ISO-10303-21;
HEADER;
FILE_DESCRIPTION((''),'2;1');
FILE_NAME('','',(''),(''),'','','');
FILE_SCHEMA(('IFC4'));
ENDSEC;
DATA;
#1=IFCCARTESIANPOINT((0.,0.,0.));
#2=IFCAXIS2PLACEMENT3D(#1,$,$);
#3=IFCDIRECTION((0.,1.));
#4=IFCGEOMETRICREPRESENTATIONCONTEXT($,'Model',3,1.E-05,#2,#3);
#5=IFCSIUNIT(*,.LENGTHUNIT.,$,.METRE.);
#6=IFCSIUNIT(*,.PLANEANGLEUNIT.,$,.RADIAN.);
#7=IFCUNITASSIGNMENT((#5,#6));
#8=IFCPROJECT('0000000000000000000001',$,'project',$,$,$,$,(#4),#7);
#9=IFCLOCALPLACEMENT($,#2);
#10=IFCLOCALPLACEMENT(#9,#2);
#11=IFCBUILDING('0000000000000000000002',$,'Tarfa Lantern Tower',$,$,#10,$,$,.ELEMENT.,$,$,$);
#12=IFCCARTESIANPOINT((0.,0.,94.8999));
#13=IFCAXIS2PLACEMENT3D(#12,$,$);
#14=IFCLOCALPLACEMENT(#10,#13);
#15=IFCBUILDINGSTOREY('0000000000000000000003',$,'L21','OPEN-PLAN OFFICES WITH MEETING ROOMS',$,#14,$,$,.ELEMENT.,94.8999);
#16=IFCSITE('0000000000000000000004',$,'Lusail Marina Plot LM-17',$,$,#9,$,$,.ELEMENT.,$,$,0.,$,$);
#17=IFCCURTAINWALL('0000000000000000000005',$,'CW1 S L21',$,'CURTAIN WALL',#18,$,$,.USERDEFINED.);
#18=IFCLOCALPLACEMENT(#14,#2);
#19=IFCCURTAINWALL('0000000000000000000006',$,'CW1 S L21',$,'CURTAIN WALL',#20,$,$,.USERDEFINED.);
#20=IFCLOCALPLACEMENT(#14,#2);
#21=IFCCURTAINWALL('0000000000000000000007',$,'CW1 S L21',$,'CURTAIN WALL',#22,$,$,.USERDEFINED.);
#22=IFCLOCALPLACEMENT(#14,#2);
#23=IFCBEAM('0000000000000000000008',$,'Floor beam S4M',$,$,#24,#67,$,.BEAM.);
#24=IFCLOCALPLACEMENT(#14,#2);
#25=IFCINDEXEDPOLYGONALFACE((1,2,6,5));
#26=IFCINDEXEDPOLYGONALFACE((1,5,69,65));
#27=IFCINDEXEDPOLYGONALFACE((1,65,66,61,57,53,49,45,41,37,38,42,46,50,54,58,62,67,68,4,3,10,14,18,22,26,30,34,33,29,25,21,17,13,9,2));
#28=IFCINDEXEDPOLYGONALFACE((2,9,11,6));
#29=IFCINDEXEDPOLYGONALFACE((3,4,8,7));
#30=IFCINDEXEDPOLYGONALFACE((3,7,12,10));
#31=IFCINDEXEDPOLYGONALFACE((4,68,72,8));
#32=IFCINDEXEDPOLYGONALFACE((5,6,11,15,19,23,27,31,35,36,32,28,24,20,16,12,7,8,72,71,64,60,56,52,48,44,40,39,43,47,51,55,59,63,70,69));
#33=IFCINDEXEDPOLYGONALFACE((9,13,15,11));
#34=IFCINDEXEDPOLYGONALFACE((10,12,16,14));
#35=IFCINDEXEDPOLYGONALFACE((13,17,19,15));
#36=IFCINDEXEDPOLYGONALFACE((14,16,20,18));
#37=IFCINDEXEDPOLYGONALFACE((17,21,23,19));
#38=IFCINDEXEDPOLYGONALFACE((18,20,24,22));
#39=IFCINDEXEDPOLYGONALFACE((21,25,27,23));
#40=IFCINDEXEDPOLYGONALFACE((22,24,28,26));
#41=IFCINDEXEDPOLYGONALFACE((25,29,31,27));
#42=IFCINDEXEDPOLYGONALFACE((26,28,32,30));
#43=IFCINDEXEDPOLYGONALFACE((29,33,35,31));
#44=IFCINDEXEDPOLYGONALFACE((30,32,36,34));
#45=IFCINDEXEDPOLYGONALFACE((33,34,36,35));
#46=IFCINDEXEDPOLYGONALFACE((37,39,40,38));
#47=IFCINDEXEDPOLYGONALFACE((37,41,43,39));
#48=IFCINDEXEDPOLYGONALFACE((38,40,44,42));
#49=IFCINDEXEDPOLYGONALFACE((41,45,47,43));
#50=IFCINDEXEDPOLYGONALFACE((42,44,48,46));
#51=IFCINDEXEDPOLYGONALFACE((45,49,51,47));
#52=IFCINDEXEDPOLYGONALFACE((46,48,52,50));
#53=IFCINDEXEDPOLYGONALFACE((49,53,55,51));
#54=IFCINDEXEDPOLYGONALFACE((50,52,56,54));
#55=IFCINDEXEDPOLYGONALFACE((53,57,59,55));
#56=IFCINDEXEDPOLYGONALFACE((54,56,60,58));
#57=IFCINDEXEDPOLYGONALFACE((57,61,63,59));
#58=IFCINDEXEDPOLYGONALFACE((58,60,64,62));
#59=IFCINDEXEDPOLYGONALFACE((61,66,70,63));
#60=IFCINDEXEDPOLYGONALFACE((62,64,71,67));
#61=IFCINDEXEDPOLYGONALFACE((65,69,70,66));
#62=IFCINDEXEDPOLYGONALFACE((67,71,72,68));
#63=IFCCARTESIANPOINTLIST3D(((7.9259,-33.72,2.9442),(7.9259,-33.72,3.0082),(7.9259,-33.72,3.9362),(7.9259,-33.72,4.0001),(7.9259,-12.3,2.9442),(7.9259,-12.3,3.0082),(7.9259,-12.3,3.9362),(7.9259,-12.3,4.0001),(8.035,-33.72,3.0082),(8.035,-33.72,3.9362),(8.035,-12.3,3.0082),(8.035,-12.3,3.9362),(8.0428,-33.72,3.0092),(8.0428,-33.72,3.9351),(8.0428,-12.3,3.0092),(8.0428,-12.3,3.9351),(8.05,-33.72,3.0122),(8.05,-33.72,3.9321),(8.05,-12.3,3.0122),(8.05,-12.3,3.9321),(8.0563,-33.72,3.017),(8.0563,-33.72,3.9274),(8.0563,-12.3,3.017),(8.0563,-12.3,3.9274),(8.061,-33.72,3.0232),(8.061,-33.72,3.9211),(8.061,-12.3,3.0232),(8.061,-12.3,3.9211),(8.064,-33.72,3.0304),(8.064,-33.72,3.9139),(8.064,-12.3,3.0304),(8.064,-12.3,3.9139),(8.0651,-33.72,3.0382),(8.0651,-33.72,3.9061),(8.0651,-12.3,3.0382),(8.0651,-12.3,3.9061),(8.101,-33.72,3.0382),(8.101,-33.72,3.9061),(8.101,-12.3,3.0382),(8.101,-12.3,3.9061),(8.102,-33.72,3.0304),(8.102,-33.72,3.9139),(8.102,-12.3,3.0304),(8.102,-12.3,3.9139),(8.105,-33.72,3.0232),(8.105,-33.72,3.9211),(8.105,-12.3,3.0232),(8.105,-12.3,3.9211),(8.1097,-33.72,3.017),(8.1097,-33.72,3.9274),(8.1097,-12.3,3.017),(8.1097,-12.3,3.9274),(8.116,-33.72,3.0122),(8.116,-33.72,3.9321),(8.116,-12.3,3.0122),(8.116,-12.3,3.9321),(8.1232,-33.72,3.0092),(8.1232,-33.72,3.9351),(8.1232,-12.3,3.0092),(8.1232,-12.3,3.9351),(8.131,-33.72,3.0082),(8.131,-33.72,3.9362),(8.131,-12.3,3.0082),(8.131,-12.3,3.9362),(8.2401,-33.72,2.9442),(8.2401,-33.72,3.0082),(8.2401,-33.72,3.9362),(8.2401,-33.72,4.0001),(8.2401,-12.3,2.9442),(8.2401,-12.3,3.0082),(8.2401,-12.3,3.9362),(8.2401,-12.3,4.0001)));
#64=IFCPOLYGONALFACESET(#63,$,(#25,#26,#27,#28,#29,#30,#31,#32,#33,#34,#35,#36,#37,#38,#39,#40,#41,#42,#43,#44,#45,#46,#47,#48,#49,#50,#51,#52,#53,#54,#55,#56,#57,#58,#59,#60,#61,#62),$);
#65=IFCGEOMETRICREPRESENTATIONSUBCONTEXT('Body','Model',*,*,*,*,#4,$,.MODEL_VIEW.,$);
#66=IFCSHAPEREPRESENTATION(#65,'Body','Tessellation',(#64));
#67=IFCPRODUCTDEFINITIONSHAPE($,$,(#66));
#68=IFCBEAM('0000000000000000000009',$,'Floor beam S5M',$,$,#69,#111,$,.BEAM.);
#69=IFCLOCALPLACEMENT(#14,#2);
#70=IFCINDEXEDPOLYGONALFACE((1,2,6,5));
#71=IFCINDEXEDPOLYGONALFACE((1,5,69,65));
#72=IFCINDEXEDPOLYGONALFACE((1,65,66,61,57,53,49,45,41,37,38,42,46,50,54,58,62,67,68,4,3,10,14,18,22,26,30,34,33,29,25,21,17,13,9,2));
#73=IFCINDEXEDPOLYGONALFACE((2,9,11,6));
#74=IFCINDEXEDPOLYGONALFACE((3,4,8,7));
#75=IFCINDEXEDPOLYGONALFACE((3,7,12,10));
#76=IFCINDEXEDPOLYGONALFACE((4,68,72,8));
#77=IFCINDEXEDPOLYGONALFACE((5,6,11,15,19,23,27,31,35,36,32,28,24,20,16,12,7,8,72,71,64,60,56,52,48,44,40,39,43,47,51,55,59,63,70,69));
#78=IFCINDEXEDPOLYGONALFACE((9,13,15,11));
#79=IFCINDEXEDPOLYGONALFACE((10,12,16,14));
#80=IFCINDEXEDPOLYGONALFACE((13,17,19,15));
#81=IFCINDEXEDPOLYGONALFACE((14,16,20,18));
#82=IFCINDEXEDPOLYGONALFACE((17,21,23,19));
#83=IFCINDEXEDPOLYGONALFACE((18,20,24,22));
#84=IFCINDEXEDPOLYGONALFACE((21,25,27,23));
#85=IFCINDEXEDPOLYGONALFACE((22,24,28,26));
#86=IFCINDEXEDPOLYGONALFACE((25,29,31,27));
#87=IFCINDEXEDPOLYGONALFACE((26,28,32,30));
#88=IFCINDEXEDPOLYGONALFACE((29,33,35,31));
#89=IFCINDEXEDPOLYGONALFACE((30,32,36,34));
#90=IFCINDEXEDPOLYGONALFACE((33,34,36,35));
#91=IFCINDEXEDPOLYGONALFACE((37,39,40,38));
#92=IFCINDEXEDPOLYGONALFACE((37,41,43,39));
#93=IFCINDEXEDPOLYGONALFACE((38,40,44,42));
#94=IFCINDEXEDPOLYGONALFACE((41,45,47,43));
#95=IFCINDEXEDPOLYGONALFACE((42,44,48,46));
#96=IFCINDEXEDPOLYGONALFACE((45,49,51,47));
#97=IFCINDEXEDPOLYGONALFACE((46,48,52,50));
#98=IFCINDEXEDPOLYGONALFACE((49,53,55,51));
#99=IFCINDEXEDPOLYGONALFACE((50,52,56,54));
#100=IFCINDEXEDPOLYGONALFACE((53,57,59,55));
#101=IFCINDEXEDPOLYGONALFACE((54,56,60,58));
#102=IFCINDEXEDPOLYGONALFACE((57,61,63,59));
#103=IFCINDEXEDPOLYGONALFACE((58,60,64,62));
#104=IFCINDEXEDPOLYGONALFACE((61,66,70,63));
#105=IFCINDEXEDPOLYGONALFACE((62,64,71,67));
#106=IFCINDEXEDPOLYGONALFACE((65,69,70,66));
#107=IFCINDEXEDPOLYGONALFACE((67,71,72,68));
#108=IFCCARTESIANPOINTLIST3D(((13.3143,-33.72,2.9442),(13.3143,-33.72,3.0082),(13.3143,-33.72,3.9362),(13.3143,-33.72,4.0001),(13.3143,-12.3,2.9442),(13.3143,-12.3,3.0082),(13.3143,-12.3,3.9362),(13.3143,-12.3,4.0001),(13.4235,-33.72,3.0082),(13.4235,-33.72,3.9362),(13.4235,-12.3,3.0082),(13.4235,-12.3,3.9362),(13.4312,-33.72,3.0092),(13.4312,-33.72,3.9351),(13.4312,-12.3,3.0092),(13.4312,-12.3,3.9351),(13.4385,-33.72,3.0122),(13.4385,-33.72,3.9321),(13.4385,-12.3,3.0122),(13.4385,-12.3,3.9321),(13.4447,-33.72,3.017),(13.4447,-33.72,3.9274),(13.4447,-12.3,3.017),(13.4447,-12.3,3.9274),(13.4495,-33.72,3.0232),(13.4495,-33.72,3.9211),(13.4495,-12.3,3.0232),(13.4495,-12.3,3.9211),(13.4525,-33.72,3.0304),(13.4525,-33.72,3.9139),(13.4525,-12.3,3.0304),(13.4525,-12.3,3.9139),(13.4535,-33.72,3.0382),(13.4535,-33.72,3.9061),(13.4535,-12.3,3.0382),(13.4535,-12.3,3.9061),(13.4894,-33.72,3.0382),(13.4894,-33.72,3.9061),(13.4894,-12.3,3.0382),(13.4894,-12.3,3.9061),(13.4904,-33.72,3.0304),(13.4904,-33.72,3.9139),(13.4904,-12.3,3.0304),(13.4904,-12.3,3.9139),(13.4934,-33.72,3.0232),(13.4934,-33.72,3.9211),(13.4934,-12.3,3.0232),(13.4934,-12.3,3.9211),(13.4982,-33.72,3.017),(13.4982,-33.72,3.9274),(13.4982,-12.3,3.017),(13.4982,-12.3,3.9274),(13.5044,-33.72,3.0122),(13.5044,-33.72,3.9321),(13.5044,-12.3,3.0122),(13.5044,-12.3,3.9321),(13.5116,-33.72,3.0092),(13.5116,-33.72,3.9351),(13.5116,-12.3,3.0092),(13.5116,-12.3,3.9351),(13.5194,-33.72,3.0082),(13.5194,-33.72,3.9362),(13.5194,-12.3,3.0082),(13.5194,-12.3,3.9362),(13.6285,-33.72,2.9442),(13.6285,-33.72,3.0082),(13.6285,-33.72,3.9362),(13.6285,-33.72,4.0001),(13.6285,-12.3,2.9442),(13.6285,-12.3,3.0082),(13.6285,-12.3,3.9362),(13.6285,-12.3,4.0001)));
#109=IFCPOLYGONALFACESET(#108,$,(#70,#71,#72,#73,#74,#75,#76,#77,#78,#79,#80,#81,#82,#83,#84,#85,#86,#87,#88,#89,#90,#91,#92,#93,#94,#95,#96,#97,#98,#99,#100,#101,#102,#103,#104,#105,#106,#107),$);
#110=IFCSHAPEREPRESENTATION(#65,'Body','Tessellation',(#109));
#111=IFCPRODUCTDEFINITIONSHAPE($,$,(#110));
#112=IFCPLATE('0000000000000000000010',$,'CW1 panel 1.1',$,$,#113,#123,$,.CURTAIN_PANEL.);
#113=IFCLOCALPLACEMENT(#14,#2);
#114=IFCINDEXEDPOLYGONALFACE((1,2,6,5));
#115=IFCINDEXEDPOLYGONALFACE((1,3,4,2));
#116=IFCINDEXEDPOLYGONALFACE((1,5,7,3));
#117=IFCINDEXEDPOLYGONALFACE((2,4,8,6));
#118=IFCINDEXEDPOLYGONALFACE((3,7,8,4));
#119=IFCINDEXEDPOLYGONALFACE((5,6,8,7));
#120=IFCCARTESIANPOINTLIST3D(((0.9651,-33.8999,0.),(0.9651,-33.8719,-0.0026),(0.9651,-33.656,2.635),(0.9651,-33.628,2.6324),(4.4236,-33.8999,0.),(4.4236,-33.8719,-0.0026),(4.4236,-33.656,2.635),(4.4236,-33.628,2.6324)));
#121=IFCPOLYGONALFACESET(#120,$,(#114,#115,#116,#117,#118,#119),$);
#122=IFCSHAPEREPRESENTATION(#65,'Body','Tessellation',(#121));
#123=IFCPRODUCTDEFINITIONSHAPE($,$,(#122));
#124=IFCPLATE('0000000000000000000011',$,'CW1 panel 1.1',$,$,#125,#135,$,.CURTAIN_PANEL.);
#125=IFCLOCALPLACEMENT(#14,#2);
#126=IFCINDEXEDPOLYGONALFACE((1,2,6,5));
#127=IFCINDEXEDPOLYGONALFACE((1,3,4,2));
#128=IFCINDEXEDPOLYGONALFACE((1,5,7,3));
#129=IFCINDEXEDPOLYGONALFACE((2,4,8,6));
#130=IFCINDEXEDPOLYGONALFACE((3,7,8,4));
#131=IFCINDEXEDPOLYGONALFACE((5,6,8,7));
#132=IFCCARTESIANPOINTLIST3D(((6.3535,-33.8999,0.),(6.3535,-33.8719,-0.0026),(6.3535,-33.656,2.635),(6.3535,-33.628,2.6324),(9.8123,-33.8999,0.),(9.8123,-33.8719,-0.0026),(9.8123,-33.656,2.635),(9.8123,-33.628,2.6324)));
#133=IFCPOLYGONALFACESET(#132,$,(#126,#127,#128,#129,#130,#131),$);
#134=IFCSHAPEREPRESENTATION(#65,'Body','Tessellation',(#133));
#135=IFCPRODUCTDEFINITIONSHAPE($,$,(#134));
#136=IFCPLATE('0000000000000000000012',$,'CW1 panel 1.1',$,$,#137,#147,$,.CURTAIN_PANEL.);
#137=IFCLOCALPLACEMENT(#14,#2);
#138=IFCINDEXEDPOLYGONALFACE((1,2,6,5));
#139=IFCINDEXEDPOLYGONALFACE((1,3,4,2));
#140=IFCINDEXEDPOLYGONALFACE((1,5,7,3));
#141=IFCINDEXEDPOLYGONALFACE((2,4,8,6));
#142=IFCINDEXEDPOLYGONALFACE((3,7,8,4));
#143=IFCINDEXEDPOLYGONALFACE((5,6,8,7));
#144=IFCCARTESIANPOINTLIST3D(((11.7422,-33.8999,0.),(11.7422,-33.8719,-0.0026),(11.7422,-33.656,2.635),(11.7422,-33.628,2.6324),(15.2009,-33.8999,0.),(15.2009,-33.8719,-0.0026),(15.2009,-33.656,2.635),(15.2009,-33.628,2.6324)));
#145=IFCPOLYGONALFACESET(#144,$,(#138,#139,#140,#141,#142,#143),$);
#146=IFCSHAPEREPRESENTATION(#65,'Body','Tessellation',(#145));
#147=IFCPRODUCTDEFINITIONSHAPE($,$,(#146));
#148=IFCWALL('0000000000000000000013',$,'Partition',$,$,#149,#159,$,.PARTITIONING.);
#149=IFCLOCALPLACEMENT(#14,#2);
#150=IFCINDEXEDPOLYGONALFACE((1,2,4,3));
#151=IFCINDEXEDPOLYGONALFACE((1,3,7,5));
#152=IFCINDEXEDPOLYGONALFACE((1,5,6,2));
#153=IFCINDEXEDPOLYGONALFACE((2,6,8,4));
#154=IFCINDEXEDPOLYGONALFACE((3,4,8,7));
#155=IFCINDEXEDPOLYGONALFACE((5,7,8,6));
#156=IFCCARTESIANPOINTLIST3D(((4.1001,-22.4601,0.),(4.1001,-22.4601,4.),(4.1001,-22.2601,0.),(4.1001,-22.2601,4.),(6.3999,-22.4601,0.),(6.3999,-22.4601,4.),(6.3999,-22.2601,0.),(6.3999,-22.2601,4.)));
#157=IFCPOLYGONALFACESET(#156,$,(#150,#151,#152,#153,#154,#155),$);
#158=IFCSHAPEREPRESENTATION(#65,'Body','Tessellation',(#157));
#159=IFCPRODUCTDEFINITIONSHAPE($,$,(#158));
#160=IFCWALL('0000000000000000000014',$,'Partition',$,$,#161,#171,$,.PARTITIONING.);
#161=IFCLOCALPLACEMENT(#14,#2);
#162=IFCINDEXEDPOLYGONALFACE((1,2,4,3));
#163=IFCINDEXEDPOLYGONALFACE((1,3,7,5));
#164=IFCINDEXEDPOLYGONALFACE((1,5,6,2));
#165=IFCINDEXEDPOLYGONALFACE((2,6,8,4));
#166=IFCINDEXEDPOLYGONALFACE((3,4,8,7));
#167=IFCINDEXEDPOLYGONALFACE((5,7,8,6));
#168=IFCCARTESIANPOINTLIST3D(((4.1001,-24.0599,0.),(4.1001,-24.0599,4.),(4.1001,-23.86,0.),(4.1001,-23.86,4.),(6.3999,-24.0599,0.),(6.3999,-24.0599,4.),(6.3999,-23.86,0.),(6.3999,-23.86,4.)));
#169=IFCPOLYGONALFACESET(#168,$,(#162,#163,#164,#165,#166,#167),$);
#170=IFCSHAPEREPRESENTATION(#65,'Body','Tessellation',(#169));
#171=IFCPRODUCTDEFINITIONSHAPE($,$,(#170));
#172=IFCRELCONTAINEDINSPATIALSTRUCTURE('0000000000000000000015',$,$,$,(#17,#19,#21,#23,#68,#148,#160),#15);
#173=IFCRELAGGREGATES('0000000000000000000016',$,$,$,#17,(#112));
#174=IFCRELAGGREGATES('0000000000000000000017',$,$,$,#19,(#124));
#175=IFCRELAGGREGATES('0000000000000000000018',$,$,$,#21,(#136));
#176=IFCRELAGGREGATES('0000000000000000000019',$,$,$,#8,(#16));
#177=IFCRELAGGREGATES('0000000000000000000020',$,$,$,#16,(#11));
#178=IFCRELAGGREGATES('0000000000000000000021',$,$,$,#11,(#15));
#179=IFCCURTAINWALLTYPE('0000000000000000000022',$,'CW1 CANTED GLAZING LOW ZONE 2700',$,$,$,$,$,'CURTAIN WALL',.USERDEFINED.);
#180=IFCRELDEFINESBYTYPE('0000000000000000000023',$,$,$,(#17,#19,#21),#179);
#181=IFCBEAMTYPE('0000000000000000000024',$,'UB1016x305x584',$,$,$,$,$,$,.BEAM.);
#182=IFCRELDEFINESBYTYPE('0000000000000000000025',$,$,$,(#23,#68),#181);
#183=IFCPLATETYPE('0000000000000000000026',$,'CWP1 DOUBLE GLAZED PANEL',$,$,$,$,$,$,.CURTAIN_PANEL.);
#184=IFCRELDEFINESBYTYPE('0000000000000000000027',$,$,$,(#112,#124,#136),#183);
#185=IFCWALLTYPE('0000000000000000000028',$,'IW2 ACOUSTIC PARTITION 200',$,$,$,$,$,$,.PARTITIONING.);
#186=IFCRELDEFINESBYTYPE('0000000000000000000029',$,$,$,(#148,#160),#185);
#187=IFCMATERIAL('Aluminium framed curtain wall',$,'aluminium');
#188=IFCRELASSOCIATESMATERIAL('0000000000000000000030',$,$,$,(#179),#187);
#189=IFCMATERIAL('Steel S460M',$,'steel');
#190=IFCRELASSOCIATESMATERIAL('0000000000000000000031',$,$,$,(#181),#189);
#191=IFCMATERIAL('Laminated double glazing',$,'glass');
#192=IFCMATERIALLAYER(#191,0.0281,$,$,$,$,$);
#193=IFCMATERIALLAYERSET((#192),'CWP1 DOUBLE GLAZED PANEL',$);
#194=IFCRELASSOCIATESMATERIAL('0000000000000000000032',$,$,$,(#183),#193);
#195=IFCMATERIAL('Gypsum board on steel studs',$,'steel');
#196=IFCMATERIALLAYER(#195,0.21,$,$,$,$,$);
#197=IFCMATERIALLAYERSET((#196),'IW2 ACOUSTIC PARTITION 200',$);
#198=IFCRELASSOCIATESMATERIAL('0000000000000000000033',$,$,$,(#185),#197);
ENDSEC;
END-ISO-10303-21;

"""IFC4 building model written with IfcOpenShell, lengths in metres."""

from ifc_helpers import new_model, si_unit, direction, frame, frame_2d, origin, origin_2d, place, context, subcontext, project, spatial, polyline, rectangle, i_section, outline, extrude, material, layer, layer_set, material_profile, profile_set, type_object, element, aggregate, save


model = new_model("IFC4")

# Units and contexts
model_context = context("Model", 3, precision=1e-05, world=origin(), true_north=direction((0.0, 1.0)))
body_context = subcontext(model_context, "Body", "Model", "MODEL_VIEW")
ifc_project = project(units=[si_unit("LENGTHUNIT", "METRE"), si_unit("PLANEANGLEUNIT", "RADIAN")], contexts=[model_context])

# Site, building, storey
site_placement = place(None, origin())
site = spatial("IfcSite", under=ifc_project, at=site_placement, Name="Lusail Marina Plot LM-17", CompositionType="ELEMENT", RefElevation=0.0)
building_placement = place(site_placement, origin())
building = spatial("IfcBuilding", under=site, at=building_placement, Name="Tarfa Lantern Tower", CompositionType="ELEMENT")
storey_placement = place(building_placement, frame((0.0, 0.0, 94.8999)))
storey = spatial("IfcBuildingStorey", under=building, at=storey_placement, Name="L21", Description="OPEN-PLAN OFFICES WITH MEETING ROOMS", CompositionType="ELEMENT", Elevation=94.8999)

# Curtain walls
ifc_material_1 = material(Name="Aluminium framed curtain wall", Category="aluminium")
curtain_wall_type = type_object("IfcCurtainWallType", Name="CW1 CANTED GLAZING LOW ZONE 2700", ElementType="CURTAIN WALL", PredefinedType="USERDEFINED", material=ifc_material_1)
curtain_wall_1_placement = place(storey_placement, origin())
curtain_wall_1 = element("IfcCurtainWall", 1, at=curtain_wall_1_placement, inside=storey, type_object=curtain_wall_type, Name="CW1 S L21", ObjectType="CURTAIN WALL", PredefinedType="USERDEFINED")
curtain_wall_2_placement = place(storey_placement, origin())
curtain_wall_2 = element("IfcCurtainWall", 2, at=curtain_wall_2_placement, inside=storey, type_object=curtain_wall_type, Name="CW1 S L21", ObjectType="CURTAIN WALL", PredefinedType="USERDEFINED")

# Curtain wall
curtain_wall_3_placement = place(storey_placement, origin())
curtain_wall_3 = element("IfcCurtainWall", 3, at=curtain_wall_3_placement, inside=storey, type_object=curtain_wall_type, Name="CW1 S L21", ObjectType="CURTAIN WALL", PredefinedType="USERDEFINED")

# Beams
ifc_material_2 = material(Name="Steel S460M", Category="steel")
ifc_material_profile_1 = material_profile(ifc_material_2, i_section(OverallWidth=0.3142, OverallDepth=1.0559, WebThickness=0.0359, FlangeThickness=0.064, FilletRadius=0.03, at=origin_2d()), Name="UB1016x305x584")
ifc_profile_set_1 = profile_set([ifc_material_profile_1], Name="Steel S460M")
beam_type_1 = type_object("IfcBeamType", Name="UB1016x305x584", PredefinedType="BEAM", material=ifc_profile_set_1)
for number, where, z_axis, x_axis, name in (
    (4, (8.083, -33.72, 3.4722), (0.0, 1.0, 0.0), (-1.0, 0.0, 0.0), "Floor beam S4M"),
    (5, (13.4714, -33.72, 3.4722), (0.0, 1.0, 0.0), (-1.0, 0.0, 0.0), "Floor beam S5M"),
):
    element("IfcBeam", number, at=place(storey_placement, frame(where, z_axis=z_axis, x_axis=x_axis)), inside=storey, type_object=beam_type_1, Name=name, PredefinedType="BEAM", context=body_context, shape_type="SweptSolid", body=[
        extrude(i_section(OverallWidth=0.3142, OverallDepth=1.0559, WebThickness=0.0359, FlangeThickness=0.064, FilletRadius=0.03, at=origin_2d()), origin(), (0.0, 0.0, 1.0), 21.4199),
    ])

# Plates
ifc_material_3 = material(Name="Laminated double glazing", Category="glass")
ifc_layer_1 = layer(ifc_material_3, 0.0281)
ifc_layer_set_1 = layer_set([ifc_layer_1], Name="CWP1 DOUBLE GLAZED PANEL")
plate_type = type_object("IfcPlateType", Name="CWP1 DOUBLE GLAZED PANEL", PredefinedType="CURTAIN_PANEL", material=ifc_layer_set_1)
plate_1_placement = place(storey_placement, frame((0.9651, -33.8999, 0.0), z_axis=(0.0, -0.995744, 0.092166), x_axis=(1.0, 0.0, 0.0)))
plate_1 = element("IfcPlate", 6, at=plate_1_placement, type_object=plate_type, Name="CW1 panel 1.1", PredefinedType="CURTAIN_PANEL", context=body_context, shape_type="SweptSolid", body=[
    extrude(outline(polyline([(0.0, 0.0), (3.4585, 0.0), (3.4585, 2.6463), (0.0, 2.6463), (0.0, 0.0)])), origin(), (0.0, 0.0, -1.0), 0.0281),
])
aggregate(curtain_wall_1, [plate_1])
plate_2_placement = place(storey_placement, frame((6.3535, -33.8999, 0.0), z_axis=(0.0, -0.995744, 0.092166), x_axis=(1.0, 0.0, 0.0)))
plate_2 = element("IfcPlate", 7, at=plate_2_placement, type_object=plate_type, Name="CW1 panel 1.1", PredefinedType="CURTAIN_PANEL", context=body_context, shape_type="SweptSolid", body=[
    extrude(outline(polyline([(0.0, 0.0), (3.4587, 0.0), (3.4587, 2.6463), (0.0, 2.6463), (0.0, 0.0)])), origin(), (0.0, 0.0, -1.0), 0.0281),
])
aggregate(curtain_wall_2, [plate_2])
plate_3_placement = place(storey_placement, frame((11.7422, -33.8999, 0.0), z_axis=(0.0, -0.995744, 0.092166), x_axis=(1.0, 0.0, 0.0)))
plate_3 = element("IfcPlate", 8, at=plate_3_placement, type_object=plate_type, Name="CW1 panel 1.1", PredefinedType="CURTAIN_PANEL", context=body_context, shape_type="SweptSolid", body=[
    extrude(outline(polyline([(0.0, 0.0), (3.4587, 0.0), (3.4587, 2.6463), (0.0, 2.6463), (0.0, 0.0)])), origin(), (0.0, 0.0, -1.0), 0.0281),
])
aggregate(curtain_wall_3, [plate_3])

# Walls
ifc_material_4 = material(Name="Gypsum board on steel studs", Category="steel")
ifc_layer_2 = layer(ifc_material_4, 0.21)
ifc_layer_set_2 = layer_set([ifc_layer_2], Name="IW2 ACOUSTIC PARTITION 200")
wall_type = type_object("IfcWallType", Name="IW2 ACOUSTIC PARTITION 200", PredefinedType="PARTITIONING", material=ifc_layer_set_2)
for number, where, z_axis, x_axis, name in (
    (9, (4.1001, -22.3601, 0.0), (0.0, 0.0, 1.0), (1.0, 0.0, 0.0), "Partition"),
    (10, (4.1001, -23.96, 0.0), (0.0, 0.0, 1.0), (1.0, 0.0, 0.0), "Partition"),
):
    element("IfcWall", number, at=place(storey_placement, frame(where, z_axis=z_axis, x_axis=x_axis)), inside=storey, type_object=wall_type, Name=name, PredefinedType="PARTITIONING", context=body_context, shape_type="SweptSolid", body=[
        extrude(rectangle(XDim=2.2998, YDim=0.2, at=frame_2d((1.1499, 0.0))), origin(), (0.0, 0.0, 1.0), 4.0),
    ])

save(model, "model.ifc")
